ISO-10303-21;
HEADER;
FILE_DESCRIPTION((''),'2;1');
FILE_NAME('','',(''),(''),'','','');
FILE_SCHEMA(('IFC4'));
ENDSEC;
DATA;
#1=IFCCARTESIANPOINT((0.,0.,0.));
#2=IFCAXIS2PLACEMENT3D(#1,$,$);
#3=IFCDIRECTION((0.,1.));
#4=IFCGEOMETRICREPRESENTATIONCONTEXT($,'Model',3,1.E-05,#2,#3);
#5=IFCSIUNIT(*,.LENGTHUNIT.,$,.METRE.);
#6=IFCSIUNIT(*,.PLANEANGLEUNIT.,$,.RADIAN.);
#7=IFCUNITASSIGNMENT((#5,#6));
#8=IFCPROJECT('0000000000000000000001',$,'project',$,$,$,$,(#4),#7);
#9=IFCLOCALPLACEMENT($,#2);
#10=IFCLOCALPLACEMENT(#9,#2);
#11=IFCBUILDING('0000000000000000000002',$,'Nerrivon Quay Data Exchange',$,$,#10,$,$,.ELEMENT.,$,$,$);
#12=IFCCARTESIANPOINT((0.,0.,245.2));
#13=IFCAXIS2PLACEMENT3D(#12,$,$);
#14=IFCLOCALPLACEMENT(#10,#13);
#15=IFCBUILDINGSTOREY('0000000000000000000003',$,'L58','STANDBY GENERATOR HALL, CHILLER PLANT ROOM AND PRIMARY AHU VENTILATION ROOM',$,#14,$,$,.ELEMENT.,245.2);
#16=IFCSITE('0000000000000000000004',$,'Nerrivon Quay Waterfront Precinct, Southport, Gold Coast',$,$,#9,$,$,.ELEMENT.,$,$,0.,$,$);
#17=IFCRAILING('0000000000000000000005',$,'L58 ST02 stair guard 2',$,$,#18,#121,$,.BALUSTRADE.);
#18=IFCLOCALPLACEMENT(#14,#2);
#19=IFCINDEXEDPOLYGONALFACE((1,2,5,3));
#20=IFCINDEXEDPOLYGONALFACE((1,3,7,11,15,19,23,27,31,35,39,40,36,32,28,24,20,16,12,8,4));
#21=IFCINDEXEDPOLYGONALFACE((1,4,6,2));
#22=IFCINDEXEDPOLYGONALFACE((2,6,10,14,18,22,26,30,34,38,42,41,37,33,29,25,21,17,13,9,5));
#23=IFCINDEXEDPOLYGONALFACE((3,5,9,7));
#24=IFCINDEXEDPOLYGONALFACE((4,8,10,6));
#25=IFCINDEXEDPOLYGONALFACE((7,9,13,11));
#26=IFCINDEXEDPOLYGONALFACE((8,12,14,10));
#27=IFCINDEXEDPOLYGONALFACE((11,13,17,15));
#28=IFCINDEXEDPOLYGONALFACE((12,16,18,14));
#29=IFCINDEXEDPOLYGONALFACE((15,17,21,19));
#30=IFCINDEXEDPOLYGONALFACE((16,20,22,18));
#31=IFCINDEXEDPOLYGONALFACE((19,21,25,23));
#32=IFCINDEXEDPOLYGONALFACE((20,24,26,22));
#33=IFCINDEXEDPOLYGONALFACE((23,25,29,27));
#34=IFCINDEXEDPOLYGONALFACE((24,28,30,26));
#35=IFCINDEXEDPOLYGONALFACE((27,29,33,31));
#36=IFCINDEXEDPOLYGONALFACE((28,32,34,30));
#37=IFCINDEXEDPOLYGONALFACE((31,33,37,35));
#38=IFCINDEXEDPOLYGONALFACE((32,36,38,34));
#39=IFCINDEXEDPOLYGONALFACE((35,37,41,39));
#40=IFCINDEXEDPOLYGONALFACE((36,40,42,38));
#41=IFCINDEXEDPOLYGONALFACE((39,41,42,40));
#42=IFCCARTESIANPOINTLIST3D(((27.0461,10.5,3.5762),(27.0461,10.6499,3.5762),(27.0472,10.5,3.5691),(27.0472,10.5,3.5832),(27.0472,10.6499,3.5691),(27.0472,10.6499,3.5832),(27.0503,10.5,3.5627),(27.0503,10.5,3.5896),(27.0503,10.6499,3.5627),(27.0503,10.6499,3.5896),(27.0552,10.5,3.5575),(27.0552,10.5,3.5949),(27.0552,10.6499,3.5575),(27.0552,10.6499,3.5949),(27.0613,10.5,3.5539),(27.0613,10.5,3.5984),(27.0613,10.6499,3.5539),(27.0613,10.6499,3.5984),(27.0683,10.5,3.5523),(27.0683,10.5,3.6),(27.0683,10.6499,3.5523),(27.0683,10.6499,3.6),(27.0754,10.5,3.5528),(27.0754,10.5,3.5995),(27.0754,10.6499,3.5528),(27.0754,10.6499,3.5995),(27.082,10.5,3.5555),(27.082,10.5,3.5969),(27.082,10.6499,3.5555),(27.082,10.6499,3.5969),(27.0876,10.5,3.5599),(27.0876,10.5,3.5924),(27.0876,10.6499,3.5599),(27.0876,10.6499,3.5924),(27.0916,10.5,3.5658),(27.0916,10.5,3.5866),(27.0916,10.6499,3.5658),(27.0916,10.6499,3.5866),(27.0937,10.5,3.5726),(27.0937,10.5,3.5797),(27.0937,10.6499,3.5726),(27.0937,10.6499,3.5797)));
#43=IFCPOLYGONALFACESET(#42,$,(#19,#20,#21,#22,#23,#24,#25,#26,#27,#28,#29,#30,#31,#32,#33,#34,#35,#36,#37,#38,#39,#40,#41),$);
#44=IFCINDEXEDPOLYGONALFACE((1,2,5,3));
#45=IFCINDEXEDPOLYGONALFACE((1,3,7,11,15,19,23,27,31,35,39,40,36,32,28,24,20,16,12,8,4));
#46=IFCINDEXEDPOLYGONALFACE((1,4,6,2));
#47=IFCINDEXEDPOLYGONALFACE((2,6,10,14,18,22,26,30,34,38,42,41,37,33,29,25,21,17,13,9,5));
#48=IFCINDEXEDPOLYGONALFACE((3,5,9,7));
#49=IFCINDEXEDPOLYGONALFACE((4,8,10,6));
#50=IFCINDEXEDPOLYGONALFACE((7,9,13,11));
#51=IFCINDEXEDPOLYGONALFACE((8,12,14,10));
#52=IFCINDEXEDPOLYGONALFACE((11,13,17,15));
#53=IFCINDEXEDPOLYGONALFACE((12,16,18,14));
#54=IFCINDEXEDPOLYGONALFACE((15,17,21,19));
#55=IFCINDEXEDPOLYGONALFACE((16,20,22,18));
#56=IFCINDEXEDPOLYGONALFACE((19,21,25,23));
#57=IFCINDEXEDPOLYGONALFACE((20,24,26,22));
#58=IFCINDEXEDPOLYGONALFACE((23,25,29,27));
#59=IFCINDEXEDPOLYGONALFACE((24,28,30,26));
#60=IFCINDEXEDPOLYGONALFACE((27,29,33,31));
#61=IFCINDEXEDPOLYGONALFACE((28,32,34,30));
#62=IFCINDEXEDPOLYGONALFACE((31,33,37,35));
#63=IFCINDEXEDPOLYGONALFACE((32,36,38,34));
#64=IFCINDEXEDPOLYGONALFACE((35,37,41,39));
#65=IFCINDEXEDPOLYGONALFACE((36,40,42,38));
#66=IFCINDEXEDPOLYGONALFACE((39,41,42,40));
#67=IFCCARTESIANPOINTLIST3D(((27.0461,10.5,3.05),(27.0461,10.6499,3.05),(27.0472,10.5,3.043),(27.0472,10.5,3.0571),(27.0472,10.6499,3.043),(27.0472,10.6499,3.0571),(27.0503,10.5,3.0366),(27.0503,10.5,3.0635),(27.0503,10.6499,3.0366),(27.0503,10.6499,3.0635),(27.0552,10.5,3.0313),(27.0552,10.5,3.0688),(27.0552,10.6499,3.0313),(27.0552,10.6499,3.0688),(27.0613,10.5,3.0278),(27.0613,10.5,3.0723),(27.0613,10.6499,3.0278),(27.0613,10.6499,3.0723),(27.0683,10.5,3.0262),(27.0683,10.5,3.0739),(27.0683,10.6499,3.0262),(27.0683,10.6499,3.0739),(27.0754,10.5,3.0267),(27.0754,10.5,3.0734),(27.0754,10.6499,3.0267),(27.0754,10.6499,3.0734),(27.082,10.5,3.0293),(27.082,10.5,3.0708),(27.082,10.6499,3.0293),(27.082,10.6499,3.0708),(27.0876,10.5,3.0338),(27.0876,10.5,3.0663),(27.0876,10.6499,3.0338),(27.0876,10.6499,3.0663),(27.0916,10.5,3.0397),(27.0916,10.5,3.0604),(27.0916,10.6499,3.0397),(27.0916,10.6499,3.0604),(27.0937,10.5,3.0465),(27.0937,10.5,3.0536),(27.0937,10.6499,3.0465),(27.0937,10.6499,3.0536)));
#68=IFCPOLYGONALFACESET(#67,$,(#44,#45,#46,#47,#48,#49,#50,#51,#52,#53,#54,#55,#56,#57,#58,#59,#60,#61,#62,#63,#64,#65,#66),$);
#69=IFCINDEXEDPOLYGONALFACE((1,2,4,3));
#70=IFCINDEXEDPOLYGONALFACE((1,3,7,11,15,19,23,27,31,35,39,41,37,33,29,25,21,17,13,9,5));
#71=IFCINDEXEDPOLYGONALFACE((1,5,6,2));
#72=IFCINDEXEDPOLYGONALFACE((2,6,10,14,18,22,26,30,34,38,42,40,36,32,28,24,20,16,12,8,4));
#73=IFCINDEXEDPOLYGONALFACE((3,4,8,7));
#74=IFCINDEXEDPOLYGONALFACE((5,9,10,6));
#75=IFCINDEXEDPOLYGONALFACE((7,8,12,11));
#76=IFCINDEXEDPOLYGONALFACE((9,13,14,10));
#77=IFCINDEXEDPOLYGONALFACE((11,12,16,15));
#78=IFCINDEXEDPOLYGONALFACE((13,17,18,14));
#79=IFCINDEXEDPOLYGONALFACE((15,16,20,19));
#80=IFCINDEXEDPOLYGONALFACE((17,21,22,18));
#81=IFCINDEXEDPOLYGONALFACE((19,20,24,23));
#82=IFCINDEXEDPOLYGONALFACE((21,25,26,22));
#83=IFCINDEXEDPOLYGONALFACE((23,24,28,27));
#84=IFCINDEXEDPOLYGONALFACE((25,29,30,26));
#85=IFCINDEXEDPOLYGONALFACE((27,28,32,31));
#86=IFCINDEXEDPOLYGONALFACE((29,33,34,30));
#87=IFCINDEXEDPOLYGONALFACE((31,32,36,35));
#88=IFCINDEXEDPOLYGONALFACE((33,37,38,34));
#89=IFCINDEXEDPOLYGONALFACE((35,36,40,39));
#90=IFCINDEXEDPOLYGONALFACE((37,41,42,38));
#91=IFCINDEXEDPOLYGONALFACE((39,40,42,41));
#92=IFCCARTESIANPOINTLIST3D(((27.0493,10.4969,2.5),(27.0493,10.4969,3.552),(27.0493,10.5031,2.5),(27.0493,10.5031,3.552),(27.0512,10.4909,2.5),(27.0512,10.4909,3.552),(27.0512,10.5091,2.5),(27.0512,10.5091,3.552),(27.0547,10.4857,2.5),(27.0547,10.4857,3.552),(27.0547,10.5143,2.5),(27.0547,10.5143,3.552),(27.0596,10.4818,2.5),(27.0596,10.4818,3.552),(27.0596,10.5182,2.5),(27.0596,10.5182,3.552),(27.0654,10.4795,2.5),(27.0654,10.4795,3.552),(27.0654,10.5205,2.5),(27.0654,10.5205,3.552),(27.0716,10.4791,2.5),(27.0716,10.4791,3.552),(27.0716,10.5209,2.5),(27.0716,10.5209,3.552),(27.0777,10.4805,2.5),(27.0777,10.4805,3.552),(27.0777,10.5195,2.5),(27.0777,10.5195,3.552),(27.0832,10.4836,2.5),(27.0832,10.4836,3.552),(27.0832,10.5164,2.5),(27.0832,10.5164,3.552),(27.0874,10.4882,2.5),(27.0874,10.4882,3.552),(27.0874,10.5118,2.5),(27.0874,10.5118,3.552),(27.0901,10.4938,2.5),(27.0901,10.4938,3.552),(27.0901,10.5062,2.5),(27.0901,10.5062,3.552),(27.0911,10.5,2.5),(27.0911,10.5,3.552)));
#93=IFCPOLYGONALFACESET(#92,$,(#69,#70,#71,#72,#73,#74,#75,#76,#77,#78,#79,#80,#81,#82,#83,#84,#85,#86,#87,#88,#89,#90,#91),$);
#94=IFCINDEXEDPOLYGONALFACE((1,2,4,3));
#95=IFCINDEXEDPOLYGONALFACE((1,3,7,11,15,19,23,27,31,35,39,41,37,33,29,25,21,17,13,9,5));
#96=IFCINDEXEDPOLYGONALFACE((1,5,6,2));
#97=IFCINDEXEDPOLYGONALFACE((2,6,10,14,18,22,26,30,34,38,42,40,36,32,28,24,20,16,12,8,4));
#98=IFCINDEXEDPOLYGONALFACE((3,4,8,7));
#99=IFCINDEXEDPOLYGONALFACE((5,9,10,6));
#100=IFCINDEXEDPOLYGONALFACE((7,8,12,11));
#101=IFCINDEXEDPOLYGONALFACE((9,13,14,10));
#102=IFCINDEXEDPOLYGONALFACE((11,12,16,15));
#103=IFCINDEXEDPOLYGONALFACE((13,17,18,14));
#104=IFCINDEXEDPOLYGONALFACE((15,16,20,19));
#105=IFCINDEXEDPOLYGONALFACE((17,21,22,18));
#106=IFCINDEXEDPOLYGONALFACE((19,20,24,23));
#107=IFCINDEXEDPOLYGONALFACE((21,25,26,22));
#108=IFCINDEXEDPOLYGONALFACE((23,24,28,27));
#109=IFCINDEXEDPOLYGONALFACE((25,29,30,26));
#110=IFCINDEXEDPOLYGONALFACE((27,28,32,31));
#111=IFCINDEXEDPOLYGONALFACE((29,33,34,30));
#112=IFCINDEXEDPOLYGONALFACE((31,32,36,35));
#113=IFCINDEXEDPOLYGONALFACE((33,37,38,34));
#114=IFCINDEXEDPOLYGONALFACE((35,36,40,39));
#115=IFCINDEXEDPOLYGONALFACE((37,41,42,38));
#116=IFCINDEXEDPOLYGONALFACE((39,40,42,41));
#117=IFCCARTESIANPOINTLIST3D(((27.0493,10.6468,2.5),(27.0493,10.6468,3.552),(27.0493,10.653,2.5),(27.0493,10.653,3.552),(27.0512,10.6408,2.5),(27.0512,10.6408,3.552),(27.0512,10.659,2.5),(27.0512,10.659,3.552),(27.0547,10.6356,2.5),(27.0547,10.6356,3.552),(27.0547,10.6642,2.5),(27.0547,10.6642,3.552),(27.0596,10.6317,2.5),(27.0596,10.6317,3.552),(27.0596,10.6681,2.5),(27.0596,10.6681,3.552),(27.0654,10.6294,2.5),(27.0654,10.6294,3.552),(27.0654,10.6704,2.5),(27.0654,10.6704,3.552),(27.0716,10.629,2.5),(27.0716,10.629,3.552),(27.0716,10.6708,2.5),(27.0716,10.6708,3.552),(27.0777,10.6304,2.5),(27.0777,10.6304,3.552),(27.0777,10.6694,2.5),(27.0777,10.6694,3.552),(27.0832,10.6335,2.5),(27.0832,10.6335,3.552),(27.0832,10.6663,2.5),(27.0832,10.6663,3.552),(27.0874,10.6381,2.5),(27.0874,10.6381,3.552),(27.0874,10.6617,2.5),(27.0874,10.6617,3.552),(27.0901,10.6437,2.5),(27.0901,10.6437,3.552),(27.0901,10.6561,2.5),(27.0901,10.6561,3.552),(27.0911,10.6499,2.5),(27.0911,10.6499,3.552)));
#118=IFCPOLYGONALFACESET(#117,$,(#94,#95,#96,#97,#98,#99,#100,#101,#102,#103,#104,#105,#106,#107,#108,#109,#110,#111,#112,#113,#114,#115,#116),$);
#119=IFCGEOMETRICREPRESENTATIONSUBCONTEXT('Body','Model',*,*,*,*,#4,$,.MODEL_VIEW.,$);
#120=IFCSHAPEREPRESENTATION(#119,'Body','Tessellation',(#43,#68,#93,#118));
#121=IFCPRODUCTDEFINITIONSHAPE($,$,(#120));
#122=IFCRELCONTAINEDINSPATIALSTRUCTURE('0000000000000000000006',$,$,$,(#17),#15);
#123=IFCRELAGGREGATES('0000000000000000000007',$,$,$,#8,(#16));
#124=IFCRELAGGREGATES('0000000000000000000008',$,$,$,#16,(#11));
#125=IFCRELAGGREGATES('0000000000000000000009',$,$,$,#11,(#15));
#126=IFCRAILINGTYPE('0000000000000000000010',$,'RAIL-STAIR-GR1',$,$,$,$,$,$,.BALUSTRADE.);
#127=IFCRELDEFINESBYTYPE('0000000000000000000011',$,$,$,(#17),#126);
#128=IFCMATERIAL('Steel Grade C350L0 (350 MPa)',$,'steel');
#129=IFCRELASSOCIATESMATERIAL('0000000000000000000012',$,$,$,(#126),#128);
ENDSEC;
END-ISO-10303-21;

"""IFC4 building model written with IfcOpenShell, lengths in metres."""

from ifc_helpers import new_model, si_unit, direction, frame, origin, origin_2d, place, context, subcontext, project, spatial, circle, extrude, material, type_object, element, save


model = new_model("IFC4")

# Units and contexts
model_context = context("Model", 3, precision=1e-05, world=origin(), true_north=direction((0.0, 1.0)))
body_context = subcontext(model_context, "Body", "Model", "MODEL_VIEW")
ifc_project = project(units=[si_unit("LENGTHUNIT", "METRE"), si_unit("PLANEANGLEUNIT", "RADIAN")], contexts=[model_context])

# Site, building, storey
site_placement = place(None, origin())
site = spatial("IfcSite", under=ifc_project, at=site_placement, Name="Nerrivon Quay Waterfront Precinct, Southport, Gold Coast", CompositionType="ELEMENT", RefElevation=0.0)
building_placement = place(site_placement, origin())
building = spatial("IfcBuilding", under=site, at=building_placement, Name="Nerrivon Quay Data Exchange", CompositionType="ELEMENT")
storey_placement = place(building_placement, frame((0.0, 0.0, 245.2)))
storey = spatial("IfcBuildingStorey", under=building, at=storey_placement, Name="L58", Description="STANDBY GENERATOR HALL, CHILLER PLANT ROOM AND PRIMARY AHU VENTILATION ROOM", CompositionType="ELEMENT", Elevation=245.2)

# Shared definitions
ifc_material_1 = material(Name="Steel Grade C350L0 (350 MPa)", Category="steel")

# Railing
railing_type_1 = type_object("IfcRailingType", Name="RAIL-STAIR-GR1", PredefinedType="BALUSTRADE", material=ifc_material_1)
railing_1_placement = place(storey_placement, frame((27.0701, 10.5, 2.5)))
element("IfcRailing", 1, at=railing_1_placement, inside=storey, type_object=railing_type_1, Name="L58 ST02 stair guard 2", PredefinedType="BALUSTRADE", context=body_context, shape_type="SweptSolid", body=[
    extrude(circle(Radius=0.0239, at=origin_2d()), frame((0.0, 0.0, 1.0762), z_axis=(0.0, 1.0, 0.0), x_axis=(-1.0, 0.0, 0.0)), (0.0, 0.0, 1.0), 0.1499),
    extrude(circle(Radius=0.0239, at=origin_2d()), frame((0.0, 0.0, 0.55), z_axis=(0.0, 1.0, 0.0), x_axis=(-1.0, 0.0, 0.0)), (0.0, 0.0, 1.0), 0.1499),
    extrude(circle(Radius=0.021, at=origin_2d()), origin(), (0.0, 0.0, 1.0), 1.052),
    extrude(circle(Radius=0.021, at=origin_2d()), frame((0.0, 0.1499, 0.0)), (0.0, 0.0, 1.0), 1.052),
])

save(model, "model.ifc")
